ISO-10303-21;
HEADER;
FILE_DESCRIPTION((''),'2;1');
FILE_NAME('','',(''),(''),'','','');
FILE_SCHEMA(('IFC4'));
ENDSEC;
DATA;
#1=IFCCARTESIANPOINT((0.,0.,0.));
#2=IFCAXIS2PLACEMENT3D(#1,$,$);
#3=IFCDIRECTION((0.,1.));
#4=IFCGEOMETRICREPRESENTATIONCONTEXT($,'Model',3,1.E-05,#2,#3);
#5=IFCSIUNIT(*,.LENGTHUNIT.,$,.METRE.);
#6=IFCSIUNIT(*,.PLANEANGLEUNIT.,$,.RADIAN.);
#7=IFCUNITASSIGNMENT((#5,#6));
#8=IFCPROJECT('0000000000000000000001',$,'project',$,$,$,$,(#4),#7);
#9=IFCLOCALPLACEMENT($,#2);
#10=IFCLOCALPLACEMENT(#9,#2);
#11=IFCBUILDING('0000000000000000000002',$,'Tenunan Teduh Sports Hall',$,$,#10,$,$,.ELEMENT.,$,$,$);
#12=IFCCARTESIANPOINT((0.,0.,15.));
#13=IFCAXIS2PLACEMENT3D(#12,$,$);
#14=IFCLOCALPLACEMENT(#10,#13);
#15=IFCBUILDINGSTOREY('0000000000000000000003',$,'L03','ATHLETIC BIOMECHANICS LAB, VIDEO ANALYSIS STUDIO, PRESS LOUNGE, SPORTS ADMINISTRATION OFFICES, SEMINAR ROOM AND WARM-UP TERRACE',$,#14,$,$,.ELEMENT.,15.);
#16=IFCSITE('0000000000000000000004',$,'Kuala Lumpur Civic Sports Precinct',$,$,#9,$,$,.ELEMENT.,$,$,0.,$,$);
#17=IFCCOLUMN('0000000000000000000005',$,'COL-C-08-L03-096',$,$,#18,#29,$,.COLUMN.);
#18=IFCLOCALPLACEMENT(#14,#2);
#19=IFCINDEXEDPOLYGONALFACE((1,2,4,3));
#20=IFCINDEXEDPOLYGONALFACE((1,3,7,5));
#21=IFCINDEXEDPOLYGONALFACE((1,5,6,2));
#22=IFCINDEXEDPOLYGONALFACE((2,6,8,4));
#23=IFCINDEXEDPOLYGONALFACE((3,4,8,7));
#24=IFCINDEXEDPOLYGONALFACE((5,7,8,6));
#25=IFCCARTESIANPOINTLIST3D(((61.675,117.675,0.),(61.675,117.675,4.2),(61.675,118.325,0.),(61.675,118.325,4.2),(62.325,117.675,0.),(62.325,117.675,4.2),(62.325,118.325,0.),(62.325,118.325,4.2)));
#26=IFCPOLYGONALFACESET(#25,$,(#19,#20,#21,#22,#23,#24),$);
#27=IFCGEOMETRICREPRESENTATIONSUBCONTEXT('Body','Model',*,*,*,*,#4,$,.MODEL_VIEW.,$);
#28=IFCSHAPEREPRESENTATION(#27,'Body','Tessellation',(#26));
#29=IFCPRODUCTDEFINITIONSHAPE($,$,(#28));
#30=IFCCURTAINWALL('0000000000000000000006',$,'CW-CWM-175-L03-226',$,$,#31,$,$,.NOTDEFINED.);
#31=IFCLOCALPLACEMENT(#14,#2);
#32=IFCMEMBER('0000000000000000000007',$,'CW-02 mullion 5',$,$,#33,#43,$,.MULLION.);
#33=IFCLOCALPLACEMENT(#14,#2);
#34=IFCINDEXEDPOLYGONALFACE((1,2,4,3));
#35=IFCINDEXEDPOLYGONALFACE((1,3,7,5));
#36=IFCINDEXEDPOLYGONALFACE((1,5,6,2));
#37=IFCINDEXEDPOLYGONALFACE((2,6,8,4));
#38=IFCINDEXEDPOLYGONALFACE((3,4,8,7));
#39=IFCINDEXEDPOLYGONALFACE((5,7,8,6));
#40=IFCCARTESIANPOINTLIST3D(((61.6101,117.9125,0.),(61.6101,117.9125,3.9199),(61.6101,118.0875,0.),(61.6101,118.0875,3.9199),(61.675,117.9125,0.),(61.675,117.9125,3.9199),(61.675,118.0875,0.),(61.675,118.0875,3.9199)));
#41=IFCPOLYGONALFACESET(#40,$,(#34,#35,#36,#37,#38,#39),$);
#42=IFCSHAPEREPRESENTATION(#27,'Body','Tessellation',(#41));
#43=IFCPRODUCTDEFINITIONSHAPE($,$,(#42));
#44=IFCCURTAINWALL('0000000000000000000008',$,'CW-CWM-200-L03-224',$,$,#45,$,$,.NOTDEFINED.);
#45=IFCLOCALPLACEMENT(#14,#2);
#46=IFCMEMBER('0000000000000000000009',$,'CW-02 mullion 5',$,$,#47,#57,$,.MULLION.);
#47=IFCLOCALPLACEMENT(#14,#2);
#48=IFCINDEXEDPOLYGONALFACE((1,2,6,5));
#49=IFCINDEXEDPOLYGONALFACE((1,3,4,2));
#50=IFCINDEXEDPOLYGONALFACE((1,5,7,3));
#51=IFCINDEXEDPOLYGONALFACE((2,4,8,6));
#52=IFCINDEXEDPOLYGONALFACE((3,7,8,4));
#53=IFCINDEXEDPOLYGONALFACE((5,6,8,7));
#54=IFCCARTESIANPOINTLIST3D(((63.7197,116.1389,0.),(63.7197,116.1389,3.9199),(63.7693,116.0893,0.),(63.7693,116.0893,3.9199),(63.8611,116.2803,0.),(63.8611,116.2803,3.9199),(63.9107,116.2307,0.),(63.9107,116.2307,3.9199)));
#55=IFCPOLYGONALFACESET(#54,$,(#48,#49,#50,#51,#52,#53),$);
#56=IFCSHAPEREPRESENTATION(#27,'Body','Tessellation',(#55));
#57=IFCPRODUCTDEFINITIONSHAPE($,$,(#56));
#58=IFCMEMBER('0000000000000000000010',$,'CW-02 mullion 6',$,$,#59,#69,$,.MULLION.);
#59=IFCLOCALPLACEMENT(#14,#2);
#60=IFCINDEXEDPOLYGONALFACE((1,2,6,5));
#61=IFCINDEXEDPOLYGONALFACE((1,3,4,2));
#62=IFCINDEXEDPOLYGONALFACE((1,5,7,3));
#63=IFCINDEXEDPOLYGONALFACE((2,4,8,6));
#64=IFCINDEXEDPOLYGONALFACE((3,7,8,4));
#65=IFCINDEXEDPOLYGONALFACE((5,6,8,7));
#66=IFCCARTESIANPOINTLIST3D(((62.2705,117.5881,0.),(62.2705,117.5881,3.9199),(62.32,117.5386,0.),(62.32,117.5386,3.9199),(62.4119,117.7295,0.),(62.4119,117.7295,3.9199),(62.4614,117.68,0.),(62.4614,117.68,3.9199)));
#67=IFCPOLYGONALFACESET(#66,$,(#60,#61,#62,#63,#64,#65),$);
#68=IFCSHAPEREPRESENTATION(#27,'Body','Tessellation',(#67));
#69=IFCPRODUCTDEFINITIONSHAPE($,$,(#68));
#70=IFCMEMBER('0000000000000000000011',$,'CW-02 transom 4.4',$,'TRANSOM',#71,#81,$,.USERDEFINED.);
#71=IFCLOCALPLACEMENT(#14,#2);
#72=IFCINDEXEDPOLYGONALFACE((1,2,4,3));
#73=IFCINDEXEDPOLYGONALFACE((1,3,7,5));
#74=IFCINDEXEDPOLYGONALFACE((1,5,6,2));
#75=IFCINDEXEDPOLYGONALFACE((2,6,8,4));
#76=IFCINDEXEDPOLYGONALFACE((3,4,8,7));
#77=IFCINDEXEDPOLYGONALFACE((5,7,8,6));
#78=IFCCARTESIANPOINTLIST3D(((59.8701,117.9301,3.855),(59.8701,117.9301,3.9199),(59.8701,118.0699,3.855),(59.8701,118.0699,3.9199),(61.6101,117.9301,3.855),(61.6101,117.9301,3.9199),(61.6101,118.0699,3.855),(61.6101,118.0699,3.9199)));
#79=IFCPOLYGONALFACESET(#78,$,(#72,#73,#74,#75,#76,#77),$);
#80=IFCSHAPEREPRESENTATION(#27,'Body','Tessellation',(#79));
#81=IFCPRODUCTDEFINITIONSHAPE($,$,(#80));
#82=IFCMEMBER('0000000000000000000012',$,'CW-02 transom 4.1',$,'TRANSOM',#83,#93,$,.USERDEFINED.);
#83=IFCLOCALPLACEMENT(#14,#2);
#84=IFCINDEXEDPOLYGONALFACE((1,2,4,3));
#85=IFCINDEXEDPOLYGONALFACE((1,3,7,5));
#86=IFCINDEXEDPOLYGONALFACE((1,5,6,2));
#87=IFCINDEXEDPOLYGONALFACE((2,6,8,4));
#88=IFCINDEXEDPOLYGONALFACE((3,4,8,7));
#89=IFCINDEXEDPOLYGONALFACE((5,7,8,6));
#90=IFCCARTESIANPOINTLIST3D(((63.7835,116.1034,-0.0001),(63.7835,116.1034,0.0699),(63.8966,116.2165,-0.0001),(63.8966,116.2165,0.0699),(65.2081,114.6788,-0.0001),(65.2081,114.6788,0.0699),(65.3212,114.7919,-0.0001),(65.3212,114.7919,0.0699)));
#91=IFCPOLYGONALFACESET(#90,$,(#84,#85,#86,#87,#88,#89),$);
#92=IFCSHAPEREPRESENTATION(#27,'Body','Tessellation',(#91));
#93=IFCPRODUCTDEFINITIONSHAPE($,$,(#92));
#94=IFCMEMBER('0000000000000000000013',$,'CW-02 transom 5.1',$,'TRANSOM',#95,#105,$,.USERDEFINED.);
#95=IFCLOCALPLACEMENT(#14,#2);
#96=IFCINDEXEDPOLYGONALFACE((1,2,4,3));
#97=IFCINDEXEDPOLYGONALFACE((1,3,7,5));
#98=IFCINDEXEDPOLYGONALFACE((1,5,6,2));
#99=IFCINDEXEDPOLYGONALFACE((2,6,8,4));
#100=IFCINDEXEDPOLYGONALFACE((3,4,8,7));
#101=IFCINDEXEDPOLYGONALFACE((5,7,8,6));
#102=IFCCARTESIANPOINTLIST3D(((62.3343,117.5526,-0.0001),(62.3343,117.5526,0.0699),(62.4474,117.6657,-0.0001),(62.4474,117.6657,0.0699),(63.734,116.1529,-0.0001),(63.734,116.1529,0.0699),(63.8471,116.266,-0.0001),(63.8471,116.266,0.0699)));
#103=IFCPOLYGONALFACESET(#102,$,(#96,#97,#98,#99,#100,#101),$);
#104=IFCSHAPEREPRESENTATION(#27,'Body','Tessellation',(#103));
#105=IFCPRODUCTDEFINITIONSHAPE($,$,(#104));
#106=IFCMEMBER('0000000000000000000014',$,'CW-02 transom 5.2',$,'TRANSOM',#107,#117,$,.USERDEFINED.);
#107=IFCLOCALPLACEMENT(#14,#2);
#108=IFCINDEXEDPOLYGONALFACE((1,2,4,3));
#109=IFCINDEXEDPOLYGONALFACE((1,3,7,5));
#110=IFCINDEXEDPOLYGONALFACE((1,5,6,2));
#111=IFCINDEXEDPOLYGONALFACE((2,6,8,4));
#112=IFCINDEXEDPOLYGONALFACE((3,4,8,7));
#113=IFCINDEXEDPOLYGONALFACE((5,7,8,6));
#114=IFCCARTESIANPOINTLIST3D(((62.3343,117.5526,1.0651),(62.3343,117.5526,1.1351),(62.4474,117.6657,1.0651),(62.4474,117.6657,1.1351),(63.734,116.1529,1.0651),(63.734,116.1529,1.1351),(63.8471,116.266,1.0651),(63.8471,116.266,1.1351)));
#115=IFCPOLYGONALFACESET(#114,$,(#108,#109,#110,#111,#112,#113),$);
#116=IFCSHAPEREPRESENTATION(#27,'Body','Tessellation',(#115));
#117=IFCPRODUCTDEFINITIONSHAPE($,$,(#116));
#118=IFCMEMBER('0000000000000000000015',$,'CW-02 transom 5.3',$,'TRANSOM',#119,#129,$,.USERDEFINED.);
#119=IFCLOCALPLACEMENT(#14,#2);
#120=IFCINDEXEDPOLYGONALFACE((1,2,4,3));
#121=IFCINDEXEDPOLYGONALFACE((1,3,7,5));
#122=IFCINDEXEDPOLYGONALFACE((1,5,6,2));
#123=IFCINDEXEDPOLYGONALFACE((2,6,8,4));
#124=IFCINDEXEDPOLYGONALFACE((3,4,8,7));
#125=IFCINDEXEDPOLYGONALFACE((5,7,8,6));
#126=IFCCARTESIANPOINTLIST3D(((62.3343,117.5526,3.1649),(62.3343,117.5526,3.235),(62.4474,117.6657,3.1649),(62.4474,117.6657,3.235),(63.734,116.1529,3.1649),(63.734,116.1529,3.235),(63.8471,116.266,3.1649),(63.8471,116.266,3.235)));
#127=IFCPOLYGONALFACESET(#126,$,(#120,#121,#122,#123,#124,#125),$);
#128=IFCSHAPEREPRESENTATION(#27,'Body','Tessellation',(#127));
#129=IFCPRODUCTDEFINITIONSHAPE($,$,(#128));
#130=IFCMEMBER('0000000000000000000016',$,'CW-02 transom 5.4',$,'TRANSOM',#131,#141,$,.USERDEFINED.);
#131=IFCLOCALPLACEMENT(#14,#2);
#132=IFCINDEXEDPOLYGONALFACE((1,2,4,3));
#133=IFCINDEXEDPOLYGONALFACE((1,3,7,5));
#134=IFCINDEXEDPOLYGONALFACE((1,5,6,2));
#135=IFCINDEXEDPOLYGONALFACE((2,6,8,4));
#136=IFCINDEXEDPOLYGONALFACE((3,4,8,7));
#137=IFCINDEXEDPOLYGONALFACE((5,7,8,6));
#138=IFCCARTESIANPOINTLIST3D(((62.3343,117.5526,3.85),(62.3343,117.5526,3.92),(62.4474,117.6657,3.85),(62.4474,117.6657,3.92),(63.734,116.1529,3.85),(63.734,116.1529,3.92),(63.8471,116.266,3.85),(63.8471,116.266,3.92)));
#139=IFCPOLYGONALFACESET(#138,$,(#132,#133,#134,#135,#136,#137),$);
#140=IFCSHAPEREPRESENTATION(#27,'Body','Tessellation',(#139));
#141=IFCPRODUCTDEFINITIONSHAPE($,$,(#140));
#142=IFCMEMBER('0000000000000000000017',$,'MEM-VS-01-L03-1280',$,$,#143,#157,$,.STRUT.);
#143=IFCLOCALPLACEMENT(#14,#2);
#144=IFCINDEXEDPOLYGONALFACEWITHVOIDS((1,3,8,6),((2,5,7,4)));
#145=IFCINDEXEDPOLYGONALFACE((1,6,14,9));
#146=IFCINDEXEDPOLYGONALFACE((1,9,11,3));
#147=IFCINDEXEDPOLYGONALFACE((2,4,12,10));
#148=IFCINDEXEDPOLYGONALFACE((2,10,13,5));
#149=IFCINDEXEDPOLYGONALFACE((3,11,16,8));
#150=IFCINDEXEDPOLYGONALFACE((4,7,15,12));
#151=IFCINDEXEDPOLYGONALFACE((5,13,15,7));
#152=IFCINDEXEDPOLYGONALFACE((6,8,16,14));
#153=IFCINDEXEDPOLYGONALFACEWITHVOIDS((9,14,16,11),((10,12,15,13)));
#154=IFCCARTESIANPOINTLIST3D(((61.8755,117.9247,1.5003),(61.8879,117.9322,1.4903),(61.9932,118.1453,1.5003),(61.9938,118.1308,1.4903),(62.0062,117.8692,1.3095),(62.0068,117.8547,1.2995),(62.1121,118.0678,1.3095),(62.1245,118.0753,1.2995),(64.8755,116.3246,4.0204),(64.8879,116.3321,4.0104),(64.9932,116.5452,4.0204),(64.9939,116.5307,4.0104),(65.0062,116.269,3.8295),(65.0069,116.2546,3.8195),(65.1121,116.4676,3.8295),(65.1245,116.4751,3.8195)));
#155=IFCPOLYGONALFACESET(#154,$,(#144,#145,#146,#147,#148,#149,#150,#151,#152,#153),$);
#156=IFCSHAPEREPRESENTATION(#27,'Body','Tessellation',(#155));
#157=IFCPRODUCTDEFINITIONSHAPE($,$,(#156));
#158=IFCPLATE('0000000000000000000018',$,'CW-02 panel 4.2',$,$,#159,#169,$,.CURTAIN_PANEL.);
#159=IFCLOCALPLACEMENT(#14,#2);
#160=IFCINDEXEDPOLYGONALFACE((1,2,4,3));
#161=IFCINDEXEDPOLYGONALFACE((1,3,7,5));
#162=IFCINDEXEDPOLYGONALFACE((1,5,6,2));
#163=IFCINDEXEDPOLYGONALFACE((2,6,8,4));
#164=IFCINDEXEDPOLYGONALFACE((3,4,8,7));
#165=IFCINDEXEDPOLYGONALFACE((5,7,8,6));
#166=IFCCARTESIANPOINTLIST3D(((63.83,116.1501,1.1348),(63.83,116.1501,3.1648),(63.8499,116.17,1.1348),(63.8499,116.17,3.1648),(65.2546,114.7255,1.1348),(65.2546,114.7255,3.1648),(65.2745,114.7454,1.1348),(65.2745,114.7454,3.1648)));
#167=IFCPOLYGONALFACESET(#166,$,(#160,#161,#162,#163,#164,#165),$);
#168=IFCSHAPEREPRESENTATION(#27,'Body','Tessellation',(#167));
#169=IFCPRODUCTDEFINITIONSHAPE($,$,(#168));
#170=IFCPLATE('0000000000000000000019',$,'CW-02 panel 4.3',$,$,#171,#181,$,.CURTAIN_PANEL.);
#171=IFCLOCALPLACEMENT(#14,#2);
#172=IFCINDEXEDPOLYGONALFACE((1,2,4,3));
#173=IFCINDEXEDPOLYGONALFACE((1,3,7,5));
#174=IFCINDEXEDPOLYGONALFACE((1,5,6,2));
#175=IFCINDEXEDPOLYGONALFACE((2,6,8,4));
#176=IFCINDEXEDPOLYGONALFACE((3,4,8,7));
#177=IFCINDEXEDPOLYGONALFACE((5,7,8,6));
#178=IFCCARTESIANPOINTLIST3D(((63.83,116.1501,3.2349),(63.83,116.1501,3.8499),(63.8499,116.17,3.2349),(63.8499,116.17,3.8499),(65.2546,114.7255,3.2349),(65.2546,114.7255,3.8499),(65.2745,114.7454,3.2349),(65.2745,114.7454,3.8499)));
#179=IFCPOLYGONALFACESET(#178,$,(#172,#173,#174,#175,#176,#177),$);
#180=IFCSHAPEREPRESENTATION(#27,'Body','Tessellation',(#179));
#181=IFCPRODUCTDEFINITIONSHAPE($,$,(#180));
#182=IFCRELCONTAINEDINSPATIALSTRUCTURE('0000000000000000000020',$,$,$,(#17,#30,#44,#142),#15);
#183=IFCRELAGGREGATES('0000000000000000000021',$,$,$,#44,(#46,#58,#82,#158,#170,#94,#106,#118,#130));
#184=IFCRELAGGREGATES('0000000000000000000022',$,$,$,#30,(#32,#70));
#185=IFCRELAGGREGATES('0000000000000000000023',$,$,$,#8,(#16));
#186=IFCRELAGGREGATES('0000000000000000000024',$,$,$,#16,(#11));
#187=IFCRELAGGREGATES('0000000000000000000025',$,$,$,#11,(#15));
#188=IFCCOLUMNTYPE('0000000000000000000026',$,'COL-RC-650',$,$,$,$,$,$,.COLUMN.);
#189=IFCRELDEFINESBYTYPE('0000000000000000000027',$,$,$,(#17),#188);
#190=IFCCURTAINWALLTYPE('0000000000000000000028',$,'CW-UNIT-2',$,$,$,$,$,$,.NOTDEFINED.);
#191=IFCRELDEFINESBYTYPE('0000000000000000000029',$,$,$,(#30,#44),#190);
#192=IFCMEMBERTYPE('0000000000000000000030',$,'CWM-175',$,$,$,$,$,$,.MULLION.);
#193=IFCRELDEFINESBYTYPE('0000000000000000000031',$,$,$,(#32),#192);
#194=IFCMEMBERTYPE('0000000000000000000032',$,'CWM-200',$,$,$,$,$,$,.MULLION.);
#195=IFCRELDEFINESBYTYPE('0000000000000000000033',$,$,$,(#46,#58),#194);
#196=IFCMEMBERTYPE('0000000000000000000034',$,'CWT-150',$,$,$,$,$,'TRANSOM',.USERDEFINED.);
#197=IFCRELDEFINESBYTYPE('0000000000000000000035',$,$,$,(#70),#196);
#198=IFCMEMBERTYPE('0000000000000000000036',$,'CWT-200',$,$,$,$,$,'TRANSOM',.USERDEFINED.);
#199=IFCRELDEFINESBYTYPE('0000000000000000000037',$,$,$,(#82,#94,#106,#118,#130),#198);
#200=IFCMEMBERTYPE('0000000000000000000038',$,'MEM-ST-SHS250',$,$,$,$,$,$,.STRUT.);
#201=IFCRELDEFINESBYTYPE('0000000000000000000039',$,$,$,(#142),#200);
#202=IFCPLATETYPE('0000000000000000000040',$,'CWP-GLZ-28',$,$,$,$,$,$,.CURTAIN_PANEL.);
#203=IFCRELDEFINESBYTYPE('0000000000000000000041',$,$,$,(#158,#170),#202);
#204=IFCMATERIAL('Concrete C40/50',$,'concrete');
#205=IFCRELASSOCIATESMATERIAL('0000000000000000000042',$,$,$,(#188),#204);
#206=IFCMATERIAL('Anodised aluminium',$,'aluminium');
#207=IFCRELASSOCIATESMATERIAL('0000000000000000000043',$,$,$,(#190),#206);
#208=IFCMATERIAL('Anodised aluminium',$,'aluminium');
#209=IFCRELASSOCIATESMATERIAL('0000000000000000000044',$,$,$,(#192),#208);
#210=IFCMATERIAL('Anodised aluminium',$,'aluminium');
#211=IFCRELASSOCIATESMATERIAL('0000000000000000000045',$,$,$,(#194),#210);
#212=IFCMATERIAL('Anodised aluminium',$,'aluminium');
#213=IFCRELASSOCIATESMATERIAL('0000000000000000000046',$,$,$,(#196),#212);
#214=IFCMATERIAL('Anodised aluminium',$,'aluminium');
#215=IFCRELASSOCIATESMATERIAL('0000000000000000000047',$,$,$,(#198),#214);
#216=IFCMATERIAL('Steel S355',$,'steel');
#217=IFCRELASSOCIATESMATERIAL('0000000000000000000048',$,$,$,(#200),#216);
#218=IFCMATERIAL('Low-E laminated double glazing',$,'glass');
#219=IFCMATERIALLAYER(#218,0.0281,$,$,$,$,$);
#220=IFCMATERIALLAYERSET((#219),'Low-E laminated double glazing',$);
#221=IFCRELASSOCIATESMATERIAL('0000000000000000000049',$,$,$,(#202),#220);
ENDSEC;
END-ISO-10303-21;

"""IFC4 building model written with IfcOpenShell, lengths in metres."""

from ifc_helpers import new_model, si_unit, direction, frame, origin, origin_2d, place, context, subcontext, project, spatial, rectangle, hollow_rectangle, extrude, material, layer, layer_set, material_profile, profile_set, type_object, element, aggregate, save


model = new_model("IFC4")

# Units and contexts
model_context = context("Model", 3, precision=1e-05, world=origin(), true_north=direction((0.0, 1.0)))
body_context = subcontext(model_context, "Body", "Model", "MODEL_VIEW")
ifc_project = project(units=[si_unit("LENGTHUNIT", "METRE"), si_unit("PLANEANGLEUNIT", "RADIAN")], contexts=[model_context])

# Site, building, storey
site_placement = place(None, origin())
site = spatial("IfcSite", under=ifc_project, at=site_placement, Name="Kuala Lumpur Civic Sports Precinct", CompositionType="ELEMENT", RefElevation=0.0)
building_placement = place(site_placement, origin())
building = spatial("IfcBuilding", under=site, at=building_placement, Name="Tenunan Teduh Sports Hall", CompositionType="ELEMENT")
storey_placement = place(building_placement, frame((0.0, 0.0, 15.0)))
storey = spatial("IfcBuildingStorey", under=building, at=storey_placement, Name="L03", Description="ATHLETIC BIOMECHANICS LAB, VIDEO ANALYSIS STUDIO, PRESS LOUNGE, SPORTS ADMINISTRATION OFFICES, SEMINAR ROOM AND WARM-UP TERRACE", CompositionType="ELEMENT", Elevation=15.0)

# Column
ifc_material_1 = material(Name="Concrete C40/50", Category="concrete")
ifc_material_profile_1 = material_profile(ifc_material_1, rectangle(XDim=0.6499, YDim=0.6499, at=origin_2d()), Name="RC 650x650")
ifc_profile_set_1 = profile_set([ifc_material_profile_1], Name="Concrete C40/50")
column_type = type_object("IfcColumnType", Name="COL-RC-650", PredefinedType="COLUMN", material=ifc_profile_set_1)
column_placement = place(storey_placement, frame((62.0, 118.0, 0.0), z_axis=(0.0, 0.0, 1.0), x_axis=(1.0, 0.0, 0.0)))
element("IfcColumn", 1, at=column_placement, inside=storey, type_object=column_type, Name="COL-C-08-L03-096", PredefinedType="COLUMN", context=body_context, shape_type="SweptSolid", body=[
    extrude(rectangle(XDim=0.6499, YDim=0.6499, at=origin_2d()), origin(), (0.0, 0.0, 1.0), 4.2),
])

# Curtain wall, member
ifc_material_2 = material(Name="Anodised aluminium", Category="aluminium")
curtain_wall_type = type_object("IfcCurtainWallType", Name="CW-UNIT-2", PredefinedType="NOTDEFINED", material=ifc_material_2)
curtain_wall_1_placement = place(storey_placement, origin())
curtain_wall_1 = element("IfcCurtainWall", 2, at=curtain_wall_1_placement, inside=storey, type_object=curtain_wall_type, Name="CW-CWM-175-L03-226", PredefinedType="NOTDEFINED")
ifc_material_3 = material(Name="Anodised aluminium", Category="aluminium")
ifc_material_profile_2 = material_profile(ifc_material_3, rectangle(XDim=0.0649, YDim=0.175, at=origin_2d()), Name="CWM 65x175")
ifc_profile_set_2 = profile_set([ifc_material_profile_2], Name="Anodised aluminium")
member_type_1 = type_object("IfcMemberType", Name="CWM-175", PredefinedType="MULLION", material=ifc_profile_set_2)
member_1_placement = place(storey_placement, frame((61.6426, 118.0, 0.0), z_axis=(0.0, 0.0, 1.0), x_axis=(1.0, 0.0, 0.0)))
member_1 = element("IfcMember", 3, at=member_1_placement, type_object=member_type_1, Name="CW-02 mullion 5", PredefinedType="MULLION", context=body_context, shape_type="SweptSolid", body=[
    extrude(rectangle(XDim=0.0649, YDim=0.175, at=origin_2d()), origin(), (0.0, 0.0, 1.0), 3.9199),
])

# Curtain wall, members
curtain_wall_2_placement = place(storey_placement, origin())
curtain_wall_2 = element("IfcCurtainWall", 4, at=curtain_wall_2_placement, inside=storey, type_object=curtain_wall_type, Name="CW-CWM-200-L03-224", PredefinedType="NOTDEFINED")
ifc_material_4 = material(Name="Anodised aluminium", Category="aluminium")
ifc_material_profile_3 = material_profile(ifc_material_4, rectangle(XDim=0.0701, YDim=0.2, at=origin_2d()), Name="CWM 70x200")
ifc_profile_set_3 = profile_set([ifc_material_profile_3], Name="Anodised aluminium")
member_type_2 = type_object("IfcMemberType", Name="CWM-200", PredefinedType="MULLION", material=ifc_profile_set_3)
member_2_placement = place(storey_placement, frame((63.8152, 116.1848, 0.0), z_axis=(0.0, 0.0, 1.0), x_axis=(-0.707107, 0.707107, 0.0)))
member_2 = element("IfcMember", 5, at=member_2_placement, type_object=member_type_2, Name="CW-02 mullion 5", PredefinedType="MULLION", context=body_context, shape_type="SweptSolid", body=[
    extrude(rectangle(XDim=0.0701, YDim=0.2, at=origin_2d()), origin(), (0.0, 0.0, 1.0), 3.9199),
])
member_3_placement = place(storey_placement, frame((62.366, 117.634, 0.0), z_axis=(0.0, 0.0, 1.0), x_axis=(-0.707107, 0.707107, 0.0)))
member_3 = element("IfcMember", 6, at=member_3_placement, type_object=member_type_2, Name="CW-02 mullion 6", PredefinedType="MULLION", context=body_context, shape_type="SweptSolid", body=[
    extrude(rectangle(XDim=0.0701, YDim=0.2, at=origin_2d()), origin(), (0.0, 0.0, 1.0), 3.9199),
])

# Members
ifc_material_5 = material(Name="Anodised aluminium", Category="aluminium")
ifc_material_profile_4 = material_profile(ifc_material_5, rectangle(XDim=0.0649, YDim=0.1399, at=origin_2d()), Name="CWT 65x140")
ifc_profile_set_4 = profile_set([ifc_material_profile_4], Name="Anodised aluminium")
member_type_3 = type_object("IfcMemberType", Name="CWT-150", ElementType="TRANSOM", PredefinedType="USERDEFINED", material=ifc_profile_set_4)
member_4_placement = place(storey_placement, frame((59.8701, 118.0, 3.8875), z_axis=(1.0, 0.0, 0.0), x_axis=(0.0, 0.0, 1.0)))
member_4 = element("IfcMember", 7, at=member_4_placement, type_object=member_type_3, Name="CW-02 transom 4.4", ObjectType="TRANSOM", PredefinedType="USERDEFINED", context=body_context, shape_type="SweptSolid", body=[
    extrude(rectangle(XDim=0.0649, YDim=0.1399, at=origin_2d()), origin(), (0.0, 0.0, 1.0), 1.74),
])
ifc_material_6 = material(Name="Anodised aluminium", Category="aluminium")
ifc_material_profile_5 = material_profile(ifc_material_6, rectangle(XDim=0.0701, YDim=0.1599, at=origin_2d()), Name="CWT 70x160")
ifc_profile_set_5 = profile_set([ifc_material_profile_5], Name="Anodised aluminium")
member_type_4 = type_object("IfcMemberType", Name="CWT-200", ElementType="TRANSOM", PredefinedType="USERDEFINED", material=ifc_profile_set_5)
member_5_placement = place(storey_placement, frame((65.2646, 114.7354, 0.0349), z_axis=(-0.707107, 0.707107, 0.0), x_axis=(0.0, 0.0, 1.0)))
member_5 = element("IfcMember", 8, at=member_5_placement, type_object=member_type_4, Name="CW-02 transom 4.1", ObjectType="TRANSOM", PredefinedType="USERDEFINED", context=body_context, shape_type="SweptSolid", body=[
    extrude(rectangle(XDim=0.0701, YDim=0.1599, at=origin_2d()), origin(), (0.0, 0.0, 1.0), 2.0146),
])
member_6_placement = place(storey_placement, frame((63.7905, 116.2095, 0.0349), z_axis=(-0.707107, 0.707107, 0.0), x_axis=(0.0, 0.0, 1.0)))
member_6 = element("IfcMember", 9, at=member_6_placement, type_object=member_type_4, Name="CW-02 transom 5.1", ObjectType="TRANSOM", PredefinedType="USERDEFINED", context=body_context, shape_type="SweptSolid", body=[
    extrude(rectangle(XDim=0.0701, YDim=0.1599, at=origin_2d()), origin(), (0.0, 0.0, 1.0), 1.9795),
])
member_7_placement = place(storey_placement, frame((63.7905, 116.2095, 1.1001), z_axis=(-0.707107, 0.707107, 0.0), x_axis=(0.0, 0.0, 1.0)))
member_7 = element("IfcMember", 10, at=member_7_placement, type_object=member_type_4, Name="CW-02 transom 5.2", ObjectType="TRANSOM", PredefinedType="USERDEFINED", context=body_context, shape_type="SweptSolid", body=[
    extrude(rectangle(XDim=0.0701, YDim=0.1599, at=origin_2d()), origin(), (0.0, 0.0, 1.0), 1.9795),
])
member_8_placement = place(storey_placement, frame((63.7905, 116.2095, 3.2), z_axis=(-0.707107, 0.707107, 0.0), x_axis=(0.0, 0.0, 1.0)))
member_8 = element("IfcMember", 11, at=member_8_placement, type_object=member_type_4, Name="CW-02 transom 5.3", ObjectType="TRANSOM", PredefinedType="USERDEFINED", context=body_context, shape_type="SweptSolid", body=[
    extrude(rectangle(XDim=0.0701, YDim=0.1599, at=origin_2d()), origin(), (0.0, 0.0, 1.0), 1.9795),
])
member_9_placement = place(storey_placement, frame((63.7905, 116.2095, 3.885), z_axis=(-0.707107, 0.707107, 0.0), x_axis=(0.0, 0.0, 1.0)))
member_9 = element("IfcMember", 12, at=member_9_placement, type_object=member_type_4, Name="CW-02 transom 5.4", ObjectType="TRANSOM", PredefinedType="USERDEFINED", context=body_context, shape_type="SweptSolid", body=[
    extrude(rectangle(XDim=0.0701, YDim=0.1599, at=origin_2d()), origin(), (0.0, 0.0, 1.0), 1.9795),
])
ifc_material_7 = material(Name="Steel S355", Category="steel")
ifc_material_profile_6 = material_profile(ifc_material_7, hollow_rectangle(XDim=0.25, YDim=0.25, WallThickness=0.0125, at=origin_2d()), Name="SHS 250x250x12.5")
ifc_profile_set_6 = profile_set([ifc_material_profile_6], Name="Steel S355")
member_type_5 = type_object("IfcMemberType", Name="MEM-ST-SHS250", PredefinedType="STRUT", material=ifc_profile_set_6)
member_10_placement = place(storey_placement, frame((62.0, 118.0, 1.3999), z_axis=(0.708865, -0.378084, 0.595451), x_axis=(0.470611, 0.882341, 0.0)))
element("IfcMember", 13, at=member_10_placement, inside=storey, type_object=member_type_5, Name="MEM-VS-01-L03-1280", PredefinedType="STRUT", context=body_context, shape_type="SweptSolid", body=[
    extrude(hollow_rectangle(XDim=0.25, YDim=0.25, WallThickness=0.0125, at=origin_2d()), origin(), (0.0, 0.0, 1.0), 4.2322),
])

# Plates
ifc_material_8 = material(Name="Low-E laminated double glazing", Category="glass")
ifc_layer_1 = layer(ifc_material_8, 0.0281)
ifc_layer_set_1 = layer_set([ifc_layer_1], Name="Low-E laminated double glazing")
plate_type_1 = type_object("IfcPlateType", Name="CWP-GLZ-28", PredefinedType="CURTAIN_PANEL", material=ifc_layer_set_1)
plate_1_placement = place(storey_placement, frame((64.5522, 115.4478, 1.1348), z_axis=(0.0, 0.0, 1.0), x_axis=(-0.707107, 0.707107, 0.0)))
plate_1 = element("IfcPlate", 14, at=plate_1_placement, type_object=plate_type_1, Name="CW-02 panel 4.2", PredefinedType="CURTAIN_PANEL", context=body_context, shape_type="SweptSolid", body=[
    extrude(rectangle(XDim=2.0146, YDim=0.0281, at=origin_2d()), origin(), (0.0, 0.0, 1.0), 2.03),
])
plate_2_placement = place(storey_placement, frame((64.5522, 115.4478, 3.2349), z_axis=(0.0, 0.0, 1.0), x_axis=(-0.707107, 0.707107, 0.0)))
plate_2 = element("IfcPlate", 15, at=plate_2_placement, type_object=plate_type_1, Name="CW-02 panel 4.3", PredefinedType="CURTAIN_PANEL", context=body_context, shape_type="SweptSolid", body=[
    extrude(rectangle(XDim=2.0146, YDim=0.0281, at=origin_2d()), origin(), (0.0, 0.0, 1.0), 0.615),
])
aggregate(curtain_wall_2, [member_2, member_3, member_5, plate_1, plate_2, member_6, member_7, member_8, member_9])
aggregate(curtain_wall_1, [member_1, member_4])

save(model, "model.ifc")
